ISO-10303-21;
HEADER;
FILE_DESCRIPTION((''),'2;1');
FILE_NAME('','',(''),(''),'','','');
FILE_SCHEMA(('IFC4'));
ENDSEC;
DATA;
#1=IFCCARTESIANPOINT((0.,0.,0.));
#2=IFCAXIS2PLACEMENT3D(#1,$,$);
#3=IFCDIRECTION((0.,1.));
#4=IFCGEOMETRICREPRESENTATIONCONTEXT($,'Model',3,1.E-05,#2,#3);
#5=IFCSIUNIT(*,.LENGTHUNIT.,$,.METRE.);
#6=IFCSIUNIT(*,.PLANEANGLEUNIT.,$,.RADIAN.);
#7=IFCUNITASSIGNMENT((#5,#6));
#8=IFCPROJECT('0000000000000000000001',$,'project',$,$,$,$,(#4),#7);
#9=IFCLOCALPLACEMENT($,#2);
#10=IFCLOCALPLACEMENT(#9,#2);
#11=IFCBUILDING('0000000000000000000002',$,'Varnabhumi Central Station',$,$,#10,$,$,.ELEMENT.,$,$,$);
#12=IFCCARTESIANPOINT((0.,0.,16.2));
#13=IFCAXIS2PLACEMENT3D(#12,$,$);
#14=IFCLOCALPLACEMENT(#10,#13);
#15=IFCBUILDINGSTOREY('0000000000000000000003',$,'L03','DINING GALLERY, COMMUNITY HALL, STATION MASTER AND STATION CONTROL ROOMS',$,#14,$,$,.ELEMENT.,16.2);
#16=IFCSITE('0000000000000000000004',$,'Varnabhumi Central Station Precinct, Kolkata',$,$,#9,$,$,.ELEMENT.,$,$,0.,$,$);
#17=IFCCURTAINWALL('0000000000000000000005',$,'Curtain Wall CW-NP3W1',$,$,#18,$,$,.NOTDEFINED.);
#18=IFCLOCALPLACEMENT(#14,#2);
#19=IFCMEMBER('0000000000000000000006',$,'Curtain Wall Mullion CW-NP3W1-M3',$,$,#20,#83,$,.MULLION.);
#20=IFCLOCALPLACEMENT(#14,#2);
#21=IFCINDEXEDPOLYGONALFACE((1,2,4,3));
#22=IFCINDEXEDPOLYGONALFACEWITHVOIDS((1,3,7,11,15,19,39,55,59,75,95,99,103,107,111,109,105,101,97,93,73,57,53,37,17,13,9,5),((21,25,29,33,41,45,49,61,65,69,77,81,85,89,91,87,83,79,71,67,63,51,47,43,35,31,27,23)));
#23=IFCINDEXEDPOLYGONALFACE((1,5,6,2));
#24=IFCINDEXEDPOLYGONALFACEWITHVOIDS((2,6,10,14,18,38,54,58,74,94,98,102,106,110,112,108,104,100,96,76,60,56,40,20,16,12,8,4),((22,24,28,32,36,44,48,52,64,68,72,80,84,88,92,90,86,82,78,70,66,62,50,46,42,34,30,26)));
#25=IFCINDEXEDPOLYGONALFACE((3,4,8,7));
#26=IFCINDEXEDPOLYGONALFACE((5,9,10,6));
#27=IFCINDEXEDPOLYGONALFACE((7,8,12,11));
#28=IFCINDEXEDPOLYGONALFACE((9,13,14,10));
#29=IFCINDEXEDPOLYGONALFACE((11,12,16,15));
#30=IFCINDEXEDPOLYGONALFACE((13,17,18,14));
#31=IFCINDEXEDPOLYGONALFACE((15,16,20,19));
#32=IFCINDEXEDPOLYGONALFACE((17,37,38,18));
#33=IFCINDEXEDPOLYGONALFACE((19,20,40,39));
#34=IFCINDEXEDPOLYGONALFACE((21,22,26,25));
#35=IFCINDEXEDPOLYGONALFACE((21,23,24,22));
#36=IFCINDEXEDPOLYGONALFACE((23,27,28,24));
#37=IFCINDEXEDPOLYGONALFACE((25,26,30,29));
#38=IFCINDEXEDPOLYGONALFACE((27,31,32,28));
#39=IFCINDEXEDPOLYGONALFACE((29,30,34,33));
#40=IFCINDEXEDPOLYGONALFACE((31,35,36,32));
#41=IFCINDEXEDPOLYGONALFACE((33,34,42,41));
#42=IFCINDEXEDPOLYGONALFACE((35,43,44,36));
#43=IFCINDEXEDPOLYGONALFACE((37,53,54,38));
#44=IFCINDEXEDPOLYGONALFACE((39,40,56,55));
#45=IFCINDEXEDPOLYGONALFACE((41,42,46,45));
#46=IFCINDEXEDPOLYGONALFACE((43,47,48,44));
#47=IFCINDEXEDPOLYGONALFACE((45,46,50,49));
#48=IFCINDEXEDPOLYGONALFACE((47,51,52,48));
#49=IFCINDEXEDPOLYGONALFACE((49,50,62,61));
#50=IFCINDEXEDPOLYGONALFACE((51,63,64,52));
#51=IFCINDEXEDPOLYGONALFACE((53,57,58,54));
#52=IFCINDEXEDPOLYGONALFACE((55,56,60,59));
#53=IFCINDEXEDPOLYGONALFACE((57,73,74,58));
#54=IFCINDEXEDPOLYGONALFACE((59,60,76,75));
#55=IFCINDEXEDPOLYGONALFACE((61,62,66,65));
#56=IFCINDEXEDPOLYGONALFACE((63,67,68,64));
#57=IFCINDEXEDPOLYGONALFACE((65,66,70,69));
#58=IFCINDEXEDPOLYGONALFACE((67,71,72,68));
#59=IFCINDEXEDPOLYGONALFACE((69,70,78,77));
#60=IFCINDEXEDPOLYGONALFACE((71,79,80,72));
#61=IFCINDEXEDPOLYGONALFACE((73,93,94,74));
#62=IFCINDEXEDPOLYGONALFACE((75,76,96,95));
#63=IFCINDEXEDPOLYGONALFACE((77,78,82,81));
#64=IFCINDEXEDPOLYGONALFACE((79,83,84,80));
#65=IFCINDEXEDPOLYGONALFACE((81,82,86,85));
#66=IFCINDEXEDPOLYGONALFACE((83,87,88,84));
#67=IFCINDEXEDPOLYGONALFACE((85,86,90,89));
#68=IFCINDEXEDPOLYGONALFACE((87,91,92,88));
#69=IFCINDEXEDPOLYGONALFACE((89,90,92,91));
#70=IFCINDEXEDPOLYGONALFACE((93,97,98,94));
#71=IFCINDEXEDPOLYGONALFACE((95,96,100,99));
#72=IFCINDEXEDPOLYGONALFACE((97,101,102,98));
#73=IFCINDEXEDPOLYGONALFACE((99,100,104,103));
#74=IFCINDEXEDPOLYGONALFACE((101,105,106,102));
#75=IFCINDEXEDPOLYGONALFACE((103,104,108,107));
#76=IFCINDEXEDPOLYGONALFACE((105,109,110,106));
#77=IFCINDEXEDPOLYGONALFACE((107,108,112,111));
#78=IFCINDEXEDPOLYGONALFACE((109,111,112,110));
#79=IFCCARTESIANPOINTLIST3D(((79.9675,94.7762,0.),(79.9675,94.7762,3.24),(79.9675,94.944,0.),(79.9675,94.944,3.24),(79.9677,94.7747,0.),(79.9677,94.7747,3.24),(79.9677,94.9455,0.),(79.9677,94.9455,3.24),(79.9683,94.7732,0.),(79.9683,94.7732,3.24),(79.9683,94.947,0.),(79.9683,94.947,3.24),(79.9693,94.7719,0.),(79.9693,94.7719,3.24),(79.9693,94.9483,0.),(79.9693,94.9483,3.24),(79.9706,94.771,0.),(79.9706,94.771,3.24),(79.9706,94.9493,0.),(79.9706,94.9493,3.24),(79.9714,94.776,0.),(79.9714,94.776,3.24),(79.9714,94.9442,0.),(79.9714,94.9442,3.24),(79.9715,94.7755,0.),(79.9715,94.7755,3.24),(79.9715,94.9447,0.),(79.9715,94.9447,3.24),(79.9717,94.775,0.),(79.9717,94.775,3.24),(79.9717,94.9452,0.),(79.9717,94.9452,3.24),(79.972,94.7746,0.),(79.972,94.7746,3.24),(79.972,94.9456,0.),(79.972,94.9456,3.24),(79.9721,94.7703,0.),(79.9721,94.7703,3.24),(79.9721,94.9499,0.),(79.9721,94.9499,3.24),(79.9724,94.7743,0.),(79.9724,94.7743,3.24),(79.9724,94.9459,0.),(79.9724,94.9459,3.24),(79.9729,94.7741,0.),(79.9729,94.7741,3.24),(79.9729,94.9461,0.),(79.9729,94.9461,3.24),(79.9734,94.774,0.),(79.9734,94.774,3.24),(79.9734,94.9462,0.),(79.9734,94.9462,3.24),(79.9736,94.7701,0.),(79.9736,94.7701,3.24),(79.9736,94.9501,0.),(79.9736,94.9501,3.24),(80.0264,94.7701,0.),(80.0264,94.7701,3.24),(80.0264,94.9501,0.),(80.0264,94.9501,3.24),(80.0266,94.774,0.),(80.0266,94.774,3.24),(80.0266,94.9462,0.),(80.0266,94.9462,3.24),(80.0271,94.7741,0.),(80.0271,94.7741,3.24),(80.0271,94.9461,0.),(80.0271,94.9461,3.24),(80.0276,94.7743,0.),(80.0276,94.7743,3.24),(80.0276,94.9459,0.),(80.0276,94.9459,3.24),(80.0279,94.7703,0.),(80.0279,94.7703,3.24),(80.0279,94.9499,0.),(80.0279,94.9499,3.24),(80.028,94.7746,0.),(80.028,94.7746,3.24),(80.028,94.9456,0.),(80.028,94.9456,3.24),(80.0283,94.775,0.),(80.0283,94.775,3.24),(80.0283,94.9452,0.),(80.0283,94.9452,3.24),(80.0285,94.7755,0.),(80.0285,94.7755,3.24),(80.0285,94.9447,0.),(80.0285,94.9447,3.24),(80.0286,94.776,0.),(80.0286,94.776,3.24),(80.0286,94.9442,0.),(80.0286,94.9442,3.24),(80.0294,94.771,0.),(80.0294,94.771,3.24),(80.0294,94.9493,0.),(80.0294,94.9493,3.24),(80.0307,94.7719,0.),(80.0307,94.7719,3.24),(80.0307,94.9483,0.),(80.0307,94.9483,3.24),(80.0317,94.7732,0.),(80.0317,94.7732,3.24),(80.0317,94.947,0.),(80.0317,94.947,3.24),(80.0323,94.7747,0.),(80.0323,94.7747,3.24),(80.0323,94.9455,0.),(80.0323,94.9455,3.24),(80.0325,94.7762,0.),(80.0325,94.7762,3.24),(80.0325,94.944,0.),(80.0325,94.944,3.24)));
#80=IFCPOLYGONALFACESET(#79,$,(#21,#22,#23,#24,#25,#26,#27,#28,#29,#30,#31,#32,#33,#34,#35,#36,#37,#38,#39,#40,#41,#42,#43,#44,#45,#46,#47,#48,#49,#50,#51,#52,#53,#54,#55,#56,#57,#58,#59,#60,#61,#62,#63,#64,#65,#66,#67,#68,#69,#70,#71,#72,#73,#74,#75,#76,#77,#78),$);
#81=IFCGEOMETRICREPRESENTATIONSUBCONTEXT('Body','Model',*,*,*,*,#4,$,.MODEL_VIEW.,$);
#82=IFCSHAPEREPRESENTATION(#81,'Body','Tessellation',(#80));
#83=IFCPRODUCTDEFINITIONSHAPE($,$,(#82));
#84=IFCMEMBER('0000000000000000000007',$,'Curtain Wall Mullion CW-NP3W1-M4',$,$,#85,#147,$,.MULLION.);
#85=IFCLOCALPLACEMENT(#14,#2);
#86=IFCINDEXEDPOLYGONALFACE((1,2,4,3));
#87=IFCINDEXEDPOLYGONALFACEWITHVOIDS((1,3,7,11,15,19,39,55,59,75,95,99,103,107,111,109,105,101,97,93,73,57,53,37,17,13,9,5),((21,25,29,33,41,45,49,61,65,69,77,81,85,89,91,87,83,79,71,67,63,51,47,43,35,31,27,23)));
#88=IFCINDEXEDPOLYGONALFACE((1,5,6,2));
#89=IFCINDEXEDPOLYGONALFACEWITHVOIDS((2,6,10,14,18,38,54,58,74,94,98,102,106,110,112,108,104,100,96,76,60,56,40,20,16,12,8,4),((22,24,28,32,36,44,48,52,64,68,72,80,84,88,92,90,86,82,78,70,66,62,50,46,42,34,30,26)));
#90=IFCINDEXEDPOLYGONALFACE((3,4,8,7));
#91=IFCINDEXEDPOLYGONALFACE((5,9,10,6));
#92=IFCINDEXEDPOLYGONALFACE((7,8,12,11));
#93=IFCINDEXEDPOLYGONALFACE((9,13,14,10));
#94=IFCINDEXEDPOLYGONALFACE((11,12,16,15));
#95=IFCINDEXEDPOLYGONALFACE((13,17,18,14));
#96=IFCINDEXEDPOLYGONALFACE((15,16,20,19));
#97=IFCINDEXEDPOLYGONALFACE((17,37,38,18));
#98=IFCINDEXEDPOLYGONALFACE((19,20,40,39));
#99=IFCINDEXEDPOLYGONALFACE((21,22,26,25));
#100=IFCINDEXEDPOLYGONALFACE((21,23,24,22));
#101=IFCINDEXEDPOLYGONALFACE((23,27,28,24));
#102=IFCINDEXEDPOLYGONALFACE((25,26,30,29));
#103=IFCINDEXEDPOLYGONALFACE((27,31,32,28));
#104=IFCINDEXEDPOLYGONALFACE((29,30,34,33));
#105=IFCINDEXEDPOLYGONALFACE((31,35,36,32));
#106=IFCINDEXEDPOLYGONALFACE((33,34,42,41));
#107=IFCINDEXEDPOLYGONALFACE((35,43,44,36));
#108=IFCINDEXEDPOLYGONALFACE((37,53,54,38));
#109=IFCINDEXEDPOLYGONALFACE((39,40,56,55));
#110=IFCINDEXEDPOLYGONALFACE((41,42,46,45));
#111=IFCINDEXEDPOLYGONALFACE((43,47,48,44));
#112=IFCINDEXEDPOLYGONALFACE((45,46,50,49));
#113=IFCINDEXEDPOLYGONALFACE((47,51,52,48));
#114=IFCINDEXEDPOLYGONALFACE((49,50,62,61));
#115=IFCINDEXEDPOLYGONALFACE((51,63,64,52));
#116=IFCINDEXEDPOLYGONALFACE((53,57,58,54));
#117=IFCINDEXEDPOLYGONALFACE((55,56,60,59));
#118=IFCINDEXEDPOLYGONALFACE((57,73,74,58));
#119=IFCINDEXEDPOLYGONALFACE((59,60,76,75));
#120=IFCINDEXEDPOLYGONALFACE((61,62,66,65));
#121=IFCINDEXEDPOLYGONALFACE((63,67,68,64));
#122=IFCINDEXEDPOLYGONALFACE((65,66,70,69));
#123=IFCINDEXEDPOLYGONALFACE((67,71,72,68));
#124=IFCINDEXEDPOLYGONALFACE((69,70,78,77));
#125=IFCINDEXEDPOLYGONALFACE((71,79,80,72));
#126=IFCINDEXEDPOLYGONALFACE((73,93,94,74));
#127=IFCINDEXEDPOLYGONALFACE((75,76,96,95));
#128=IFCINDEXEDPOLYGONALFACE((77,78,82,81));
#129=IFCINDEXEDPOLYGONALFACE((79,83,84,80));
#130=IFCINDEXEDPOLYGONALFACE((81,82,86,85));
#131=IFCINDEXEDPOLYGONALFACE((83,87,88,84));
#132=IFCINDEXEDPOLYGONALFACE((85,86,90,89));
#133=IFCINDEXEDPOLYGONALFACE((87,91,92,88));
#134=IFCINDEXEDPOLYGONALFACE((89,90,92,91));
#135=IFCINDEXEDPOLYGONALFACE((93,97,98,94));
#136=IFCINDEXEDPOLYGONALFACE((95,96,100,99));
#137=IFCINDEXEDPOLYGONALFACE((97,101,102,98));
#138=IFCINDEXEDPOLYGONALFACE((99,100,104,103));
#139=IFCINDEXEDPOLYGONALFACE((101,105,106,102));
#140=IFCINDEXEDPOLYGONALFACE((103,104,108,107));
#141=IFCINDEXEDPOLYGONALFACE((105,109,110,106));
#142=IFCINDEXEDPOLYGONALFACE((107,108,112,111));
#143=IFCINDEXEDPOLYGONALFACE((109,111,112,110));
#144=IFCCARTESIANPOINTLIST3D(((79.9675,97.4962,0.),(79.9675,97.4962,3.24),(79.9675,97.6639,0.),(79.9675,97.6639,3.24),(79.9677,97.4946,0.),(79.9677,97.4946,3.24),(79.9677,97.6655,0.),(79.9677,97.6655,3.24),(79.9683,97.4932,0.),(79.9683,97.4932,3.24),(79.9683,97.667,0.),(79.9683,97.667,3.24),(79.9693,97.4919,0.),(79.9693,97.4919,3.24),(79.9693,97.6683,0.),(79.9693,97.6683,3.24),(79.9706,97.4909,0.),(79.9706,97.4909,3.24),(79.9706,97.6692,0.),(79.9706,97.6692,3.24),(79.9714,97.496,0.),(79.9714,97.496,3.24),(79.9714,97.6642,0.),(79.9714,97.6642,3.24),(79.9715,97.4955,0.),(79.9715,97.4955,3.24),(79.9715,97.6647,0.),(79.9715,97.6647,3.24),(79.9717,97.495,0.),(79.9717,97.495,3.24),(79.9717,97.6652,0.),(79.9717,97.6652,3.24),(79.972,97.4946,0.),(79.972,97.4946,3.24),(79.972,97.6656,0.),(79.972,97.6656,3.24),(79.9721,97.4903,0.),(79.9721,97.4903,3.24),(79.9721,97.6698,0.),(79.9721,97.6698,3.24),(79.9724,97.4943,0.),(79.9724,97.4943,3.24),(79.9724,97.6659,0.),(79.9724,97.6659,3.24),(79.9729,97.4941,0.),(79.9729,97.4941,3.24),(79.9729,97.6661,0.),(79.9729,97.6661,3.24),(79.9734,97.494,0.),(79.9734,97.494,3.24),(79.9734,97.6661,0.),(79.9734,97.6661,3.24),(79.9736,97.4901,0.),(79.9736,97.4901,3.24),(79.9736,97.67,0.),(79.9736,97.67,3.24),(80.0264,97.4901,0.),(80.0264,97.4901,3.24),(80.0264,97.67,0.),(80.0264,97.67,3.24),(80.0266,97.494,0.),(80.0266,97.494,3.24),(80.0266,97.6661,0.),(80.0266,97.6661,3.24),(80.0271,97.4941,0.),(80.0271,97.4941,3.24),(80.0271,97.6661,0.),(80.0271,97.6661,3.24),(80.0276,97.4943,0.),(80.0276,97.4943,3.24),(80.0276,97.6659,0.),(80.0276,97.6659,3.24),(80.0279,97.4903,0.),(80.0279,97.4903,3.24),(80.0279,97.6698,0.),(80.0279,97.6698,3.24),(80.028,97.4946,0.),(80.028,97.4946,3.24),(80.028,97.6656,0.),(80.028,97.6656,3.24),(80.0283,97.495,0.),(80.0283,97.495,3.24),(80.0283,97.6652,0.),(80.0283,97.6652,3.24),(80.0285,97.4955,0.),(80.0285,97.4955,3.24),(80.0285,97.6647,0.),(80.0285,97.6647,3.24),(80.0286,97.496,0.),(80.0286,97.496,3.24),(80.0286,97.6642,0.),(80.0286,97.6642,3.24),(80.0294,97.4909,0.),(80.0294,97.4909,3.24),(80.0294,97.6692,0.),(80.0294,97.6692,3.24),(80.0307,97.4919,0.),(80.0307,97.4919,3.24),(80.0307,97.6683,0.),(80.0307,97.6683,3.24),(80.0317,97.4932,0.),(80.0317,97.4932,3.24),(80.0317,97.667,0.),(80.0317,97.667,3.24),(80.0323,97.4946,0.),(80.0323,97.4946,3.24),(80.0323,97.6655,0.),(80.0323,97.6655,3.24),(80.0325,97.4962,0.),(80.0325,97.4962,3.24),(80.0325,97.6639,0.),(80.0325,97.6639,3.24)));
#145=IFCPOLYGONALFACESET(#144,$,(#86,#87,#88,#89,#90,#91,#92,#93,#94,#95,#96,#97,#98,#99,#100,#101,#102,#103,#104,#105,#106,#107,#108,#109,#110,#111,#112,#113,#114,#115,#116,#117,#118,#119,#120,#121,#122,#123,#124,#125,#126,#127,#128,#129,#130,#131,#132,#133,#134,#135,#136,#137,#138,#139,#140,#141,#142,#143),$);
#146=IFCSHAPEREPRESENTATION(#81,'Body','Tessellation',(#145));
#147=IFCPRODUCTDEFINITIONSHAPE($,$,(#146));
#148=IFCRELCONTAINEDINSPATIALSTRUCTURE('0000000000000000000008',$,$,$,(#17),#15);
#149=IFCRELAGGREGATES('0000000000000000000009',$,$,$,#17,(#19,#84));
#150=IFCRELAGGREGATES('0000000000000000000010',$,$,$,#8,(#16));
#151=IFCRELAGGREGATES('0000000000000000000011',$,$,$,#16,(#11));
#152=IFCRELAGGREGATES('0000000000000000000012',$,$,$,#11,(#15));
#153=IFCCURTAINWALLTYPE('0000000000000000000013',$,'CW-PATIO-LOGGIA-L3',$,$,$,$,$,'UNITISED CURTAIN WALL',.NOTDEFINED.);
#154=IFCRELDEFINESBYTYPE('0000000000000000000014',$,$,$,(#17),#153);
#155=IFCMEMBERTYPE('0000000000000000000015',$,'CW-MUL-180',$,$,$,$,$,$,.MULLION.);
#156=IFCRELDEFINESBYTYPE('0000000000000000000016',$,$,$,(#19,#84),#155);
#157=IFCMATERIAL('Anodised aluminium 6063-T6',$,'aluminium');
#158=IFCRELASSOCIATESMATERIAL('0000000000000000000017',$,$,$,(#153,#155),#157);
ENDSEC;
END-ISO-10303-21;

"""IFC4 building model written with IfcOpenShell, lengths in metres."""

from ifc_helpers import new_model, si_unit, direction, frame, origin, origin_2d, place, context, subcontext, project, spatial, hollow_rectangle, extrude, material, material_profile, profile_set, type_object, element, aggregate, save


model = new_model("IFC4")

# Units and contexts
model_context = context("Model", 3, precision=1e-05, world=origin(), true_north=direction((0.0, 1.0)))
body_context = subcontext(model_context, "Body", "Model", "MODEL_VIEW")
ifc_project = project(units=[si_unit("LENGTHUNIT", "METRE"), si_unit("PLANEANGLEUNIT", "RADIAN")], contexts=[model_context])

# Site, building, storey
site_placement = place(None, origin())
site = spatial("IfcSite", under=ifc_project, at=site_placement, Name="Varnabhumi Central Station Precinct, Kolkata", CompositionType="ELEMENT", RefElevation=0.0)
building_placement = place(site_placement, origin())
building = spatial("IfcBuilding", under=site, at=building_placement, Name="Varnabhumi Central Station", CompositionType="ELEMENT")
storey_placement = place(building_placement, frame((0.0, 0.0, 16.2)))
storey = spatial("IfcBuildingStorey", under=building, at=storey_placement, Name="L03", Description="DINING GALLERY, COMMUNITY HALL, STATION MASTER AND STATION CONTROL ROOMS", CompositionType="ELEMENT", Elevation=16.2)

# Curtain wall, members
ifc_material_1 = material(Name="Anodised aluminium 6063-T6", Category="aluminium")
curtain_wall_type = type_object("IfcCurtainWallType", Name="CW-PATIO-LOGGIA-L3", ElementType="UNITISED CURTAIN WALL", PredefinedType="NOTDEFINED", material=ifc_material_1)
curtain_wall_1_placement = place(storey_placement, origin())
curtain_wall_1 = element("IfcCurtainWall", 1, at=curtain_wall_1_placement, inside=storey, type_object=curtain_wall_type, Name="Curtain Wall CW-NP3W1", PredefinedType="NOTDEFINED")
ifc_material_profile_1 = material_profile(ifc_material_1, hollow_rectangle(XDim=0.0649, YDim=0.1799, WallThickness=0.0039, InnerFilletRadius=0.002, OuterFilletRadius=0.0061, at=origin_2d()), Name="Anodised aluminium 6063-T6", Category="aluminium")
ifc_profile_set_1 = profile_set([ifc_material_profile_1], Name="Anodised aluminium 6063-T6")
member_type_1 = type_object("IfcMemberType", Name="CW-MUL-180", PredefinedType="MULLION", material=ifc_profile_set_1)
member_1_placement = place(storey_placement, frame((80.0, 94.8601, 0.0), z_axis=(0.0, 0.0, 1.0), x_axis=(1.0, 0.0, 0.0)))
member_1 = element("IfcMember", 2, at=member_1_placement, type_object=member_type_1, Name="Curtain Wall Mullion CW-NP3W1-M3", PredefinedType="MULLION", context=body_context, shape_type="SweptSolid", body=[
    extrude(hollow_rectangle(XDim=0.0649, YDim=0.1799, WallThickness=0.0039, InnerFilletRadius=0.002, OuterFilletRadius=0.0061, at=origin_2d()), origin(), (0.0, 0.0, 1.0), 3.24),
])
member_2_placement = place(storey_placement, frame((80.0, 97.5801, 0.0), z_axis=(0.0, 0.0, 1.0), x_axis=(1.0, 0.0, 0.0)))
member_2 = element("IfcMember", 3, at=member_2_placement, type_object=member_type_1, Name="Curtain Wall Mullion CW-NP3W1-M4", PredefinedType="MULLION", context=body_context, shape_type="SweptSolid", body=[
    extrude(hollow_rectangle(XDim=0.0649, YDim=0.1799, WallThickness=0.0039, InnerFilletRadius=0.002, OuterFilletRadius=0.0061, at=origin_2d()), origin(), (0.0, 0.0, 1.0), 3.24),
])

aggregate(curtain_wall_1, [member_1, member_2])

save(model, "model.ifc")
